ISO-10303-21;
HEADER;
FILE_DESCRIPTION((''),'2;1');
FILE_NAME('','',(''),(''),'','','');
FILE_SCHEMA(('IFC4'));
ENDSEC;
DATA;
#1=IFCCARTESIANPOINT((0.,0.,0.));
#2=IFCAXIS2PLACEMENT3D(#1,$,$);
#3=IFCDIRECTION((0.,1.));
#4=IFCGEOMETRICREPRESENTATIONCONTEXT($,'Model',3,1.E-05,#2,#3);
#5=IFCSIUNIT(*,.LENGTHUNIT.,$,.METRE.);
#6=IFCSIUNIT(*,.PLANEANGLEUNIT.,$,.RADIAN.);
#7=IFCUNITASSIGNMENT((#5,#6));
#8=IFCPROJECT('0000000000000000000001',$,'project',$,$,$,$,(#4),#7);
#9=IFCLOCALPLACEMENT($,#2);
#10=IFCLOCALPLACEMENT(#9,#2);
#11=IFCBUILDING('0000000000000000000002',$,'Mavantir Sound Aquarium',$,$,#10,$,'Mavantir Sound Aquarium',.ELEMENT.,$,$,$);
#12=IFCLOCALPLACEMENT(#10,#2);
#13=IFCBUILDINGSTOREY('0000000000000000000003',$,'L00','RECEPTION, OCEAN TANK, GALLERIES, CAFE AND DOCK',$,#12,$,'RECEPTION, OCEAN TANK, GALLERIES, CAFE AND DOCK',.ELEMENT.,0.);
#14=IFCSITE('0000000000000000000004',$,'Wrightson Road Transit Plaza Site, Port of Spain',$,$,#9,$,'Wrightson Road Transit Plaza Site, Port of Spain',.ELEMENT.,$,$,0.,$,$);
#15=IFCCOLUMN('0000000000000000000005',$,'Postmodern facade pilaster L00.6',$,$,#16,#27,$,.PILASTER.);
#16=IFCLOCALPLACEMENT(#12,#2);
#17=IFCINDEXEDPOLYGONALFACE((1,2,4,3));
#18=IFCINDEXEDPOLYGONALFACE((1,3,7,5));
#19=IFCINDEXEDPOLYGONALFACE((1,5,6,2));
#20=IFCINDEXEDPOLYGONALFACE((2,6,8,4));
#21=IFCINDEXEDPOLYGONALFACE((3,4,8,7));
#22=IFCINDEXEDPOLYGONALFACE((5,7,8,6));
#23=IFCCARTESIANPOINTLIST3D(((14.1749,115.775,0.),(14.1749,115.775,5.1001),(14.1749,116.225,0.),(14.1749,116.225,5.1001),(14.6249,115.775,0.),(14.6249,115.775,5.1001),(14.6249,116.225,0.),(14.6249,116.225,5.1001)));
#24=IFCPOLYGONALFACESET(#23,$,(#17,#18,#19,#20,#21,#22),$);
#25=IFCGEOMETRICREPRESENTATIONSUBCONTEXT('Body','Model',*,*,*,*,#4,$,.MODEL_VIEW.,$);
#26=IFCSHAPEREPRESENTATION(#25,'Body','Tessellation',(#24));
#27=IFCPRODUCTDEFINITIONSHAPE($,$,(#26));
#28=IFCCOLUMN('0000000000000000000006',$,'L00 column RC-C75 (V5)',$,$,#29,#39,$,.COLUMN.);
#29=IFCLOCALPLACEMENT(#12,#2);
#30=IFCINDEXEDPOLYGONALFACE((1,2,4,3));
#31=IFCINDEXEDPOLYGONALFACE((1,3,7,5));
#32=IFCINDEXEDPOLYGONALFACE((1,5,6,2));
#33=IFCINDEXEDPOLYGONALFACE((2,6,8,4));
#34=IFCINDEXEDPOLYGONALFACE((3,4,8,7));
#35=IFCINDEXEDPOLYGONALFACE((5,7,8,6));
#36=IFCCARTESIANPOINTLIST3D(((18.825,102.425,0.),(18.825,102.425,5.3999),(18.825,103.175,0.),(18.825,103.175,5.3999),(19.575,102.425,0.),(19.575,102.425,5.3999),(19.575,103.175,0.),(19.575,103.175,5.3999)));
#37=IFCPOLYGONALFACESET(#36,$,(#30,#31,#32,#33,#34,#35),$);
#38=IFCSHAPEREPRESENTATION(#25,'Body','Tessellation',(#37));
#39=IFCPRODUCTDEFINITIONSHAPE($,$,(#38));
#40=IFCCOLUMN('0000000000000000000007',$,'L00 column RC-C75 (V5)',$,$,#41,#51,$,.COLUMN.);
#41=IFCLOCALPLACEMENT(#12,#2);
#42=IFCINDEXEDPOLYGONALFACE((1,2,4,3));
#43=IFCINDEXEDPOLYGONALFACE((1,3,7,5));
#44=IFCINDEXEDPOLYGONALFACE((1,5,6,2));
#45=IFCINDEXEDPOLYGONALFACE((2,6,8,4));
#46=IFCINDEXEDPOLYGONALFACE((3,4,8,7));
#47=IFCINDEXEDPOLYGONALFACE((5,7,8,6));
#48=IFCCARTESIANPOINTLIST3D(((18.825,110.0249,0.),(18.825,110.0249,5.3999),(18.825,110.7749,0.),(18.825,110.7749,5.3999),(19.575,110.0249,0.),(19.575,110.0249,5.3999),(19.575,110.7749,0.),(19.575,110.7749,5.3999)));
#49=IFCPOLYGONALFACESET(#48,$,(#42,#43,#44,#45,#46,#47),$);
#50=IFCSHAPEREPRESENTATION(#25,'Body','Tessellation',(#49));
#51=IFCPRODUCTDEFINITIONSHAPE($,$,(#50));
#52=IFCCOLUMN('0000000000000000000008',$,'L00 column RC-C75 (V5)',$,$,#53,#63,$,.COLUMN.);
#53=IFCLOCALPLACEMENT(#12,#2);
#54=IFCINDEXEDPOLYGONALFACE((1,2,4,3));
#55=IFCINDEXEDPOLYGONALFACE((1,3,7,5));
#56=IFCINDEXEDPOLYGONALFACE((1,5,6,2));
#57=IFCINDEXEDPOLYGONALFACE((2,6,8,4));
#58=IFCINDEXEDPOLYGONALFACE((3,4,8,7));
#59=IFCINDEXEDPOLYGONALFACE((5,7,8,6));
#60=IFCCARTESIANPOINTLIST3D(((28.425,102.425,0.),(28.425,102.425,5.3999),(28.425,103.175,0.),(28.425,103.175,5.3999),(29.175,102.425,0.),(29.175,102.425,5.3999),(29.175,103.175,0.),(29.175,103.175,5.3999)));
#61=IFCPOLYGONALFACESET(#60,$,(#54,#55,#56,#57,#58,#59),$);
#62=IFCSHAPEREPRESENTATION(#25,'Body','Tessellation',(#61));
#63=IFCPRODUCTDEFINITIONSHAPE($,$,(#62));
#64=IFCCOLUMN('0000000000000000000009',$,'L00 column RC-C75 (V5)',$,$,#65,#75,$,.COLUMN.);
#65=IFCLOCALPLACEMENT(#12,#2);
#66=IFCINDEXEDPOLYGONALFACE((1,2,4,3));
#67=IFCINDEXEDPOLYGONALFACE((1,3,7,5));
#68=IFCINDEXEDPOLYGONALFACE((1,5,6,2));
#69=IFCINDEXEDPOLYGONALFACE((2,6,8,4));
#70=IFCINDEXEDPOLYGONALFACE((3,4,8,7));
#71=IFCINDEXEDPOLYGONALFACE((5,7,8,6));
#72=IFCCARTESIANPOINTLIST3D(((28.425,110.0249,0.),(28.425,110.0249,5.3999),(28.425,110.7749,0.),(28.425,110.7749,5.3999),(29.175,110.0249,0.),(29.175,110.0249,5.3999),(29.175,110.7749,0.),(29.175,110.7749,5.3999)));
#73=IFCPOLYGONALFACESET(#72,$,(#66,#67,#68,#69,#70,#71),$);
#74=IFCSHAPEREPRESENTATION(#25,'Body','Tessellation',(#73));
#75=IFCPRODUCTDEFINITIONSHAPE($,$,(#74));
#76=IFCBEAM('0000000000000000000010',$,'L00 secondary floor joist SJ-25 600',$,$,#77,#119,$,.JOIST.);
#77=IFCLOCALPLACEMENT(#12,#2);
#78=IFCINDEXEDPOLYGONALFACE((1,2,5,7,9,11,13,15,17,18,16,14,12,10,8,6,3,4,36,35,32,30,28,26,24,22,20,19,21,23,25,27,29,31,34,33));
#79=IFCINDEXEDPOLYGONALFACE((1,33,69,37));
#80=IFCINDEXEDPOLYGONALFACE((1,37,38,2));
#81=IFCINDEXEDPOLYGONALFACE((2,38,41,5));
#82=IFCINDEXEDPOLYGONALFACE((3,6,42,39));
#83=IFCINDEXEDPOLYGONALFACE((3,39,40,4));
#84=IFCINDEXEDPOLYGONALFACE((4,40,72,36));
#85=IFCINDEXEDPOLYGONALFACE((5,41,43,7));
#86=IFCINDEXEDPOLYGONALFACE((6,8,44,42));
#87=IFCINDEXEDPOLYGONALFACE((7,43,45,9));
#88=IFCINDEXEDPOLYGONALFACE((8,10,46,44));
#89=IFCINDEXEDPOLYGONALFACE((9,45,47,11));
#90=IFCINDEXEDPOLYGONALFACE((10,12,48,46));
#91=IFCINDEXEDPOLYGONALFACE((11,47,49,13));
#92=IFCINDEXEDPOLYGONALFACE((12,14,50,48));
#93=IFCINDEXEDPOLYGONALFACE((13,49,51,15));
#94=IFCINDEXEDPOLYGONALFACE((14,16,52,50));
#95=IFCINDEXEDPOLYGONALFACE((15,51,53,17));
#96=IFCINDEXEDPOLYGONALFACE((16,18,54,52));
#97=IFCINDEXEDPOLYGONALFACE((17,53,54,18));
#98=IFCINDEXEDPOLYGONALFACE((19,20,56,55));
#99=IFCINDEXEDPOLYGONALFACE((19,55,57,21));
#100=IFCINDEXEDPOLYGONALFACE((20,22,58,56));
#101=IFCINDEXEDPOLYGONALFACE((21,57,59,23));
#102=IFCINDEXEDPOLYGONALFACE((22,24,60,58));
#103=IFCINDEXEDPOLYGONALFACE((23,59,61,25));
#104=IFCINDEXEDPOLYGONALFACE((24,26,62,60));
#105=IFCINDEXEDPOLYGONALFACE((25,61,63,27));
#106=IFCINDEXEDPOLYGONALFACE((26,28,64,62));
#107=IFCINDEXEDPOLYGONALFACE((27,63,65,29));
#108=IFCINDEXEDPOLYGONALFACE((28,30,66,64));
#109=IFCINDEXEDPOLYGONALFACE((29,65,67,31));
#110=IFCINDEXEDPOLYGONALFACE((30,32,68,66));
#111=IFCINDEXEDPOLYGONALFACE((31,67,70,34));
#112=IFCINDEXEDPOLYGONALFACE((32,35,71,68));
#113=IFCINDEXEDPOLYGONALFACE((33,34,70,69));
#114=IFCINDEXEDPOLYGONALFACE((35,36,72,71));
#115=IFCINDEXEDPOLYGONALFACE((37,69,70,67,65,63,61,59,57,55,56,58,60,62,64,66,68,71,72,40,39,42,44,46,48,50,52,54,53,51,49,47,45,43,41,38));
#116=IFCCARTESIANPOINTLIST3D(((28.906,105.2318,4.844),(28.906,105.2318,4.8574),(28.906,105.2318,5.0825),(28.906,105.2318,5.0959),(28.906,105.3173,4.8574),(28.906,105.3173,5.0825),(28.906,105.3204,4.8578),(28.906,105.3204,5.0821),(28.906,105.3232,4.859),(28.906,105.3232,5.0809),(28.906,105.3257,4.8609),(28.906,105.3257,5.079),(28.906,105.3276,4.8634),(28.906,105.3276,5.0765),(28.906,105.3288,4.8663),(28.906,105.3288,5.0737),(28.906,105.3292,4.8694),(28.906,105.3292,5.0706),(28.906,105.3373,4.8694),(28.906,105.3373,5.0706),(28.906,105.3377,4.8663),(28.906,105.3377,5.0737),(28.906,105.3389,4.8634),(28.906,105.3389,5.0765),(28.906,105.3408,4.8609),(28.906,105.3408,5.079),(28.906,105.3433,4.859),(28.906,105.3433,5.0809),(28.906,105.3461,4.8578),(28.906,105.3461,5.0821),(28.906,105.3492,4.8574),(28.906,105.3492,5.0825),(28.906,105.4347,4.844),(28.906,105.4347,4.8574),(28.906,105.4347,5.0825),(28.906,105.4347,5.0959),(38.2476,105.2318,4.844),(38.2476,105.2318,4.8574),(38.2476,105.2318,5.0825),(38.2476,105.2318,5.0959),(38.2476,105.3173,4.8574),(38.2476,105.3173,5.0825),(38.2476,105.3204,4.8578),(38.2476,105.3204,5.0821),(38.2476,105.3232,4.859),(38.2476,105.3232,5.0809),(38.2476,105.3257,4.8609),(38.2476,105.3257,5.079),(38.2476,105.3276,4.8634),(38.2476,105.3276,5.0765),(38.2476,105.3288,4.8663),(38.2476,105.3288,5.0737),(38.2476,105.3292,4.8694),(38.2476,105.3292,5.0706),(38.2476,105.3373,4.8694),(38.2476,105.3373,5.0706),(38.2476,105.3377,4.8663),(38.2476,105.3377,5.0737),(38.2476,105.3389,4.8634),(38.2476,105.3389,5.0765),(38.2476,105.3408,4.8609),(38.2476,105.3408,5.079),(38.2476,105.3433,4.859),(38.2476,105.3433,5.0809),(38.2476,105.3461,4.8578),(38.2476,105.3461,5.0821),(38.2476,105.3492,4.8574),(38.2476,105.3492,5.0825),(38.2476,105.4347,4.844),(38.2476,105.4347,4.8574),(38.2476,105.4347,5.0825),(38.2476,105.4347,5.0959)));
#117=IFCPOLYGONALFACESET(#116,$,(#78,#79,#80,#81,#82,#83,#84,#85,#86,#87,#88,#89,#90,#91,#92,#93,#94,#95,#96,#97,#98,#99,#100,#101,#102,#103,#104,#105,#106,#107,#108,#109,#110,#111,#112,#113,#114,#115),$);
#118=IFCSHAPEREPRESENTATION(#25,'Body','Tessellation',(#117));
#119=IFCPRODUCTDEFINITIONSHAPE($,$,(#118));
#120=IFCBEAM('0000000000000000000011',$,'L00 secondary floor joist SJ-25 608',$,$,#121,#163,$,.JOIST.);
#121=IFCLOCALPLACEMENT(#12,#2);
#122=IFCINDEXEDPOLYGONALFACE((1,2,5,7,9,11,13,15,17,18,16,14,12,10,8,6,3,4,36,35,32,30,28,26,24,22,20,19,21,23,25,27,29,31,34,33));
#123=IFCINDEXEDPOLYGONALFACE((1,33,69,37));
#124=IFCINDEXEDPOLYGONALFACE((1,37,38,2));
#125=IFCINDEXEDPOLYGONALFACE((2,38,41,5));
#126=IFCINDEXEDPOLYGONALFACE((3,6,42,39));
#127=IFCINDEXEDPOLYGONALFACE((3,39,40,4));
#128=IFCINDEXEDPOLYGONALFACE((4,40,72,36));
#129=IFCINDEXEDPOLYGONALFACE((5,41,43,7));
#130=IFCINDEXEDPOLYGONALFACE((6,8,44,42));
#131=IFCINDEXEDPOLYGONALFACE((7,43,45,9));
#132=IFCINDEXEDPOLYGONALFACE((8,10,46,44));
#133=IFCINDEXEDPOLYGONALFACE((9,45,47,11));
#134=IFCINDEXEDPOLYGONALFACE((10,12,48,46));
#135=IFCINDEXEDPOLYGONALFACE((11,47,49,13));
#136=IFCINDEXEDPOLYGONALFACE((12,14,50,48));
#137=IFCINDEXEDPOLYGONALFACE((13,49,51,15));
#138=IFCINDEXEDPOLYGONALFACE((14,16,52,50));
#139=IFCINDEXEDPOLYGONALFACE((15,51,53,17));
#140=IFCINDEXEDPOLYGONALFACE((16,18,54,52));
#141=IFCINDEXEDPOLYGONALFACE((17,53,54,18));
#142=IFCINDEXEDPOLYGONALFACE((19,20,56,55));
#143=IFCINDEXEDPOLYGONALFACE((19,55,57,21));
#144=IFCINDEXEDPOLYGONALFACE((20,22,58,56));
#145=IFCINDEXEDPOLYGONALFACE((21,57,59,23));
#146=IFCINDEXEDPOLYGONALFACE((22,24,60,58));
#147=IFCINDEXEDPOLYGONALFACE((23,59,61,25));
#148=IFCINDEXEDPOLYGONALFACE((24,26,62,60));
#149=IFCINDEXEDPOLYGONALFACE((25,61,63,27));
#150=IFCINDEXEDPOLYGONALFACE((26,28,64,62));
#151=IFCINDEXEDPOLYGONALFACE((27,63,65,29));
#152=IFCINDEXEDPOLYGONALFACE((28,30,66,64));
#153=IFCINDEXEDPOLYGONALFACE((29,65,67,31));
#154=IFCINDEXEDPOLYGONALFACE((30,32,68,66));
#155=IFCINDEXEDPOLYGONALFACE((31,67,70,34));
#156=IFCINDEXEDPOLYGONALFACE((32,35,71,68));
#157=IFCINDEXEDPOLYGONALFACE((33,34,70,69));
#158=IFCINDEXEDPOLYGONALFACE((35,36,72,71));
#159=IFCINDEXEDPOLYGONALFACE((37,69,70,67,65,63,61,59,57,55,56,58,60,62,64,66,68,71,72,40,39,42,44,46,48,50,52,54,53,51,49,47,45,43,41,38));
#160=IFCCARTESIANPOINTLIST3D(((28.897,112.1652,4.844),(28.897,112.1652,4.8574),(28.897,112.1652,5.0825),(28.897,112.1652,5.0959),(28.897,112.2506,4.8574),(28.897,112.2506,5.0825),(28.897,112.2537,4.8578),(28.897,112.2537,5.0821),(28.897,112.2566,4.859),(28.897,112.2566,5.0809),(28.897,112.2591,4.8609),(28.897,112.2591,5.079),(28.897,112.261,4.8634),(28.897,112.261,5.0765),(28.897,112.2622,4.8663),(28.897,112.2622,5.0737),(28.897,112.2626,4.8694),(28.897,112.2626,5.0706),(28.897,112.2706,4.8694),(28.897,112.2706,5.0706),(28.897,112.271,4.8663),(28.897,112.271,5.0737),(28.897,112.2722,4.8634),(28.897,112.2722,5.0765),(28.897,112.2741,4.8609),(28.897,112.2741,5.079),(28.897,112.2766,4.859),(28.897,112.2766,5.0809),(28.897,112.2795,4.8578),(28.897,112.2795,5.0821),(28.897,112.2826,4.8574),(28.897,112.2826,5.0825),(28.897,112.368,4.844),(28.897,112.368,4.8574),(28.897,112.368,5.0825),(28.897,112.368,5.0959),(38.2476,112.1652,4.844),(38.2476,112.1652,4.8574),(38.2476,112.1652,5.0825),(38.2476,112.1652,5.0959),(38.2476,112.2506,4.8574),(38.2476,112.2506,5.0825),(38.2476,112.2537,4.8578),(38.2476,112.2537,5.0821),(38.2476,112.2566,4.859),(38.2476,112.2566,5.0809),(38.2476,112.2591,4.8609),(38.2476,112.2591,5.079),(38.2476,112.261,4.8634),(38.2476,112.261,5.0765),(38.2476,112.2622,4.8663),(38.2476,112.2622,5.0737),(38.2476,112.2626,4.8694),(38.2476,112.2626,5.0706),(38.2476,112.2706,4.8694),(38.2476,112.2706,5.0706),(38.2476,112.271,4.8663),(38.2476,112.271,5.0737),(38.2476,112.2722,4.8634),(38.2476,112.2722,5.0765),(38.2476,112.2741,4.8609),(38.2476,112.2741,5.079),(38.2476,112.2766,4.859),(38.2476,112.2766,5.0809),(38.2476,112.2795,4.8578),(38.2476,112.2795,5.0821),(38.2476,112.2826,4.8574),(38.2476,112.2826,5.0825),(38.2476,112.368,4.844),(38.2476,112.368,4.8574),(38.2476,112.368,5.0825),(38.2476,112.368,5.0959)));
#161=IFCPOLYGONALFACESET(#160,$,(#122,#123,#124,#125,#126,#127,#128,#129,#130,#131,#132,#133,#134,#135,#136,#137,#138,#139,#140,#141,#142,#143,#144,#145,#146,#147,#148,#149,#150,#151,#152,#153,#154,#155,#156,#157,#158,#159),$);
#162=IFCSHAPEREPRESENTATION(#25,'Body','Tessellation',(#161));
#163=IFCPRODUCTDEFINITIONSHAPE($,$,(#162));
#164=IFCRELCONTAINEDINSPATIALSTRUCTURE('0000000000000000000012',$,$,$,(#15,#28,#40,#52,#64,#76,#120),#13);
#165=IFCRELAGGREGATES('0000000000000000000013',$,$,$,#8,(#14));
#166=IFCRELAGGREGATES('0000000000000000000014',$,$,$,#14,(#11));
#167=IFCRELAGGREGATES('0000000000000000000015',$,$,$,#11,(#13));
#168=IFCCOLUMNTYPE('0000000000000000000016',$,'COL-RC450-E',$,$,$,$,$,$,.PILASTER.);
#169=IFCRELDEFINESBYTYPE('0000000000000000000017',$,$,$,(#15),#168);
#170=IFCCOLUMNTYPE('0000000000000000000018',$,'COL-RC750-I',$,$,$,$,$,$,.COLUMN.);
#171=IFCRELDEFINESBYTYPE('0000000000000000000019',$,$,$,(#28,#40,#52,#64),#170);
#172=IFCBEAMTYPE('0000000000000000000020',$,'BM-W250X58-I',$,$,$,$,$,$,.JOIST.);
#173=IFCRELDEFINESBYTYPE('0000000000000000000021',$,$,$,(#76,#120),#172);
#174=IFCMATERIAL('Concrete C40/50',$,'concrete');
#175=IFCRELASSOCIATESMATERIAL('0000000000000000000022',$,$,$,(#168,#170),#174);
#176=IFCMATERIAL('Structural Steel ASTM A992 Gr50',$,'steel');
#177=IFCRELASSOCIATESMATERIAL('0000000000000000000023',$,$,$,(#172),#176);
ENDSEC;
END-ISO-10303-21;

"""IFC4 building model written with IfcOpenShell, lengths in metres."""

from ifc_helpers import new_model, si_unit, direction, frame, origin, origin_2d, place, context, subcontext, project, spatial, rectangle, i_section, extrude, material, material_profile, profile_set, type_object, element, save


model = new_model("IFC4")

# Units and contexts
model_context = context("Model", 3, precision=1e-05, world=origin(), true_north=direction((0.0, 1.0)))
body_context = subcontext(model_context, "Body", "Model", "MODEL_VIEW")
ifc_project = project(units=[si_unit("LENGTHUNIT", "METRE"), si_unit("PLANEANGLEUNIT", "RADIAN")], contexts=[model_context])

# Site, building, storey
site_placement = place(None, origin())
site = spatial("IfcSite", under=ifc_project, at=site_placement, Name="Wrightson Road Transit Plaza Site, Port of Spain", LongName="Wrightson Road Transit Plaza Site, Port of Spain", CompositionType="ELEMENT", RefElevation=0.0)
building_placement = place(site_placement, origin())
building = spatial("IfcBuilding", under=site, at=building_placement, Name="Mavantir Sound Aquarium", LongName="Mavantir Sound Aquarium", CompositionType="ELEMENT")
storey_placement = place(building_placement, origin())
storey = spatial("IfcBuildingStorey", under=building, at=storey_placement, Name="L00", Description="RECEPTION, OCEAN TANK, GALLERIES, CAFE AND DOCK", LongName="RECEPTION, OCEAN TANK, GALLERIES, CAFE AND DOCK", CompositionType="ELEMENT", Elevation=0.0)

# Columns
ifc_material_1 = material(Name="Concrete C40/50", Category="concrete")
ifc_material_profile_1 = material_profile(ifc_material_1, rectangle(XDim=0.45, YDim=0.45, at=origin_2d()), Name="RC 450X450")
ifc_profile_set_1 = profile_set([ifc_material_profile_1], Name="Concrete C40/50")
column_type_1 = type_object("IfcColumnType", Name="COL-RC450-E", PredefinedType="PILASTER", material=ifc_profile_set_1)
column_placement = place(storey_placement, frame((14.3999, 116.0, 0.0), z_axis=(0.0, 0.0, 1.0), x_axis=(1.0, 0.0, 0.0)))
element("IfcColumn", 1, at=column_placement, inside=storey, type_object=column_type_1, Name="Postmodern facade pilaster L00.6", PredefinedType="PILASTER", context=body_context, shape_type="SweptSolid", body=[
    extrude(rectangle(XDim=0.45, YDim=0.45, at=origin_2d()), origin(), (0.0, 0.0, 1.0), 5.1001),
])
ifc_material_profile_2 = material_profile(ifc_material_1, rectangle(XDim=0.75, YDim=0.75, at=origin_2d()), Name="RC 750X750")
ifc_profile_set_2 = profile_set([ifc_material_profile_2], Name="Concrete C40/50")
column_type_2 = type_object("IfcColumnType", Name="COL-RC750-I", PredefinedType="COLUMN", material=ifc_profile_set_2)
for number, where, z_axis, x_axis, name in (
    (2, (19.2, 102.8, 0.0), (0.0, 0.0, 1.0), (1.0, 0.0, 0.0), "L00 column RC-C75 (V5)"),
    (3, (19.2, 110.3999, 0.0), (0.0, 0.0, 1.0), (1.0, 0.0, 0.0), "L00 column RC-C75 (V5)"),
    (4, (28.8, 102.8, 0.0), (0.0, 0.0, 1.0), (1.0, 0.0, 0.0), "L00 column RC-C75 (V5)"),
    (5, (28.8, 110.3999, 0.0), (0.0, 0.0, 1.0), (1.0, 0.0, 0.0), "L00 column RC-C75 (V5)"),
):
    element("IfcColumn", number, at=place(storey_placement, frame(where, z_axis=z_axis, x_axis=x_axis)), inside=storey, type_object=column_type_2, Name=name, PredefinedType="COLUMN", context=body_context, shape_type="SweptSolid", body=[
        extrude(rectangle(XDim=0.75, YDim=0.75, at=origin_2d()), origin(), (0.0, 0.0, 1.0), 5.3999),
    ])

# Beams
ifc_material_2 = material(Name="Structural Steel ASTM A992 Gr50", Category="steel")
ifc_material_profile_3 = material_profile(ifc_material_2, i_section(OverallWidth=0.2029, OverallDepth=0.252, WebThickness=0.0081, FlangeThickness=0.0134, FilletRadius=0.012, at=origin_2d()), Name="W250X58")
ifc_profile_set_3 = profile_set([ifc_material_profile_3], Name="Structural Steel ASTM A992 Gr50")
beam_type_1 = type_object("IfcBeamType", Name="BM-W250X58-I", PredefinedType="JOIST", material=ifc_profile_set_3)
beam_1_placement = place(storey_placement, frame((28.906, 105.3333, 4.97), z_axis=(1.0, 0.0, 0.0), x_axis=(0.0, 1.0, 0.0)))
element("IfcBeam", 6, at=beam_1_placement, inside=storey, type_object=beam_type_1, Name="L00 secondary floor joist SJ-25 600", PredefinedType="JOIST", context=body_context, shape_type="SweptSolid", body=[
    extrude(i_section(OverallWidth=0.2029, OverallDepth=0.252, WebThickness=0.0081, FlangeThickness=0.0134, FilletRadius=0.012, at=origin_2d()), origin(), (0.0, 0.0, 1.0), 9.3416),
])
beam_2_placement = place(storey_placement, frame((28.897, 112.2666, 4.97), z_axis=(1.0, 0.0, 0.0), x_axis=(0.0, 1.0, 0.0)))
element("IfcBeam", 7, at=beam_2_placement, inside=storey, type_object=beam_type_1, Name="L00 secondary floor joist SJ-25 608", PredefinedType="JOIST", context=body_context, shape_type="SweptSolid", body=[
    extrude(i_section(OverallWidth=0.2029, OverallDepth=0.252, WebThickness=0.0081, FlangeThickness=0.0134, FilletRadius=0.012, at=origin_2d()), origin(), (0.0, 0.0, 1.0), 9.3506),
])

save(model, "model.ifc")
